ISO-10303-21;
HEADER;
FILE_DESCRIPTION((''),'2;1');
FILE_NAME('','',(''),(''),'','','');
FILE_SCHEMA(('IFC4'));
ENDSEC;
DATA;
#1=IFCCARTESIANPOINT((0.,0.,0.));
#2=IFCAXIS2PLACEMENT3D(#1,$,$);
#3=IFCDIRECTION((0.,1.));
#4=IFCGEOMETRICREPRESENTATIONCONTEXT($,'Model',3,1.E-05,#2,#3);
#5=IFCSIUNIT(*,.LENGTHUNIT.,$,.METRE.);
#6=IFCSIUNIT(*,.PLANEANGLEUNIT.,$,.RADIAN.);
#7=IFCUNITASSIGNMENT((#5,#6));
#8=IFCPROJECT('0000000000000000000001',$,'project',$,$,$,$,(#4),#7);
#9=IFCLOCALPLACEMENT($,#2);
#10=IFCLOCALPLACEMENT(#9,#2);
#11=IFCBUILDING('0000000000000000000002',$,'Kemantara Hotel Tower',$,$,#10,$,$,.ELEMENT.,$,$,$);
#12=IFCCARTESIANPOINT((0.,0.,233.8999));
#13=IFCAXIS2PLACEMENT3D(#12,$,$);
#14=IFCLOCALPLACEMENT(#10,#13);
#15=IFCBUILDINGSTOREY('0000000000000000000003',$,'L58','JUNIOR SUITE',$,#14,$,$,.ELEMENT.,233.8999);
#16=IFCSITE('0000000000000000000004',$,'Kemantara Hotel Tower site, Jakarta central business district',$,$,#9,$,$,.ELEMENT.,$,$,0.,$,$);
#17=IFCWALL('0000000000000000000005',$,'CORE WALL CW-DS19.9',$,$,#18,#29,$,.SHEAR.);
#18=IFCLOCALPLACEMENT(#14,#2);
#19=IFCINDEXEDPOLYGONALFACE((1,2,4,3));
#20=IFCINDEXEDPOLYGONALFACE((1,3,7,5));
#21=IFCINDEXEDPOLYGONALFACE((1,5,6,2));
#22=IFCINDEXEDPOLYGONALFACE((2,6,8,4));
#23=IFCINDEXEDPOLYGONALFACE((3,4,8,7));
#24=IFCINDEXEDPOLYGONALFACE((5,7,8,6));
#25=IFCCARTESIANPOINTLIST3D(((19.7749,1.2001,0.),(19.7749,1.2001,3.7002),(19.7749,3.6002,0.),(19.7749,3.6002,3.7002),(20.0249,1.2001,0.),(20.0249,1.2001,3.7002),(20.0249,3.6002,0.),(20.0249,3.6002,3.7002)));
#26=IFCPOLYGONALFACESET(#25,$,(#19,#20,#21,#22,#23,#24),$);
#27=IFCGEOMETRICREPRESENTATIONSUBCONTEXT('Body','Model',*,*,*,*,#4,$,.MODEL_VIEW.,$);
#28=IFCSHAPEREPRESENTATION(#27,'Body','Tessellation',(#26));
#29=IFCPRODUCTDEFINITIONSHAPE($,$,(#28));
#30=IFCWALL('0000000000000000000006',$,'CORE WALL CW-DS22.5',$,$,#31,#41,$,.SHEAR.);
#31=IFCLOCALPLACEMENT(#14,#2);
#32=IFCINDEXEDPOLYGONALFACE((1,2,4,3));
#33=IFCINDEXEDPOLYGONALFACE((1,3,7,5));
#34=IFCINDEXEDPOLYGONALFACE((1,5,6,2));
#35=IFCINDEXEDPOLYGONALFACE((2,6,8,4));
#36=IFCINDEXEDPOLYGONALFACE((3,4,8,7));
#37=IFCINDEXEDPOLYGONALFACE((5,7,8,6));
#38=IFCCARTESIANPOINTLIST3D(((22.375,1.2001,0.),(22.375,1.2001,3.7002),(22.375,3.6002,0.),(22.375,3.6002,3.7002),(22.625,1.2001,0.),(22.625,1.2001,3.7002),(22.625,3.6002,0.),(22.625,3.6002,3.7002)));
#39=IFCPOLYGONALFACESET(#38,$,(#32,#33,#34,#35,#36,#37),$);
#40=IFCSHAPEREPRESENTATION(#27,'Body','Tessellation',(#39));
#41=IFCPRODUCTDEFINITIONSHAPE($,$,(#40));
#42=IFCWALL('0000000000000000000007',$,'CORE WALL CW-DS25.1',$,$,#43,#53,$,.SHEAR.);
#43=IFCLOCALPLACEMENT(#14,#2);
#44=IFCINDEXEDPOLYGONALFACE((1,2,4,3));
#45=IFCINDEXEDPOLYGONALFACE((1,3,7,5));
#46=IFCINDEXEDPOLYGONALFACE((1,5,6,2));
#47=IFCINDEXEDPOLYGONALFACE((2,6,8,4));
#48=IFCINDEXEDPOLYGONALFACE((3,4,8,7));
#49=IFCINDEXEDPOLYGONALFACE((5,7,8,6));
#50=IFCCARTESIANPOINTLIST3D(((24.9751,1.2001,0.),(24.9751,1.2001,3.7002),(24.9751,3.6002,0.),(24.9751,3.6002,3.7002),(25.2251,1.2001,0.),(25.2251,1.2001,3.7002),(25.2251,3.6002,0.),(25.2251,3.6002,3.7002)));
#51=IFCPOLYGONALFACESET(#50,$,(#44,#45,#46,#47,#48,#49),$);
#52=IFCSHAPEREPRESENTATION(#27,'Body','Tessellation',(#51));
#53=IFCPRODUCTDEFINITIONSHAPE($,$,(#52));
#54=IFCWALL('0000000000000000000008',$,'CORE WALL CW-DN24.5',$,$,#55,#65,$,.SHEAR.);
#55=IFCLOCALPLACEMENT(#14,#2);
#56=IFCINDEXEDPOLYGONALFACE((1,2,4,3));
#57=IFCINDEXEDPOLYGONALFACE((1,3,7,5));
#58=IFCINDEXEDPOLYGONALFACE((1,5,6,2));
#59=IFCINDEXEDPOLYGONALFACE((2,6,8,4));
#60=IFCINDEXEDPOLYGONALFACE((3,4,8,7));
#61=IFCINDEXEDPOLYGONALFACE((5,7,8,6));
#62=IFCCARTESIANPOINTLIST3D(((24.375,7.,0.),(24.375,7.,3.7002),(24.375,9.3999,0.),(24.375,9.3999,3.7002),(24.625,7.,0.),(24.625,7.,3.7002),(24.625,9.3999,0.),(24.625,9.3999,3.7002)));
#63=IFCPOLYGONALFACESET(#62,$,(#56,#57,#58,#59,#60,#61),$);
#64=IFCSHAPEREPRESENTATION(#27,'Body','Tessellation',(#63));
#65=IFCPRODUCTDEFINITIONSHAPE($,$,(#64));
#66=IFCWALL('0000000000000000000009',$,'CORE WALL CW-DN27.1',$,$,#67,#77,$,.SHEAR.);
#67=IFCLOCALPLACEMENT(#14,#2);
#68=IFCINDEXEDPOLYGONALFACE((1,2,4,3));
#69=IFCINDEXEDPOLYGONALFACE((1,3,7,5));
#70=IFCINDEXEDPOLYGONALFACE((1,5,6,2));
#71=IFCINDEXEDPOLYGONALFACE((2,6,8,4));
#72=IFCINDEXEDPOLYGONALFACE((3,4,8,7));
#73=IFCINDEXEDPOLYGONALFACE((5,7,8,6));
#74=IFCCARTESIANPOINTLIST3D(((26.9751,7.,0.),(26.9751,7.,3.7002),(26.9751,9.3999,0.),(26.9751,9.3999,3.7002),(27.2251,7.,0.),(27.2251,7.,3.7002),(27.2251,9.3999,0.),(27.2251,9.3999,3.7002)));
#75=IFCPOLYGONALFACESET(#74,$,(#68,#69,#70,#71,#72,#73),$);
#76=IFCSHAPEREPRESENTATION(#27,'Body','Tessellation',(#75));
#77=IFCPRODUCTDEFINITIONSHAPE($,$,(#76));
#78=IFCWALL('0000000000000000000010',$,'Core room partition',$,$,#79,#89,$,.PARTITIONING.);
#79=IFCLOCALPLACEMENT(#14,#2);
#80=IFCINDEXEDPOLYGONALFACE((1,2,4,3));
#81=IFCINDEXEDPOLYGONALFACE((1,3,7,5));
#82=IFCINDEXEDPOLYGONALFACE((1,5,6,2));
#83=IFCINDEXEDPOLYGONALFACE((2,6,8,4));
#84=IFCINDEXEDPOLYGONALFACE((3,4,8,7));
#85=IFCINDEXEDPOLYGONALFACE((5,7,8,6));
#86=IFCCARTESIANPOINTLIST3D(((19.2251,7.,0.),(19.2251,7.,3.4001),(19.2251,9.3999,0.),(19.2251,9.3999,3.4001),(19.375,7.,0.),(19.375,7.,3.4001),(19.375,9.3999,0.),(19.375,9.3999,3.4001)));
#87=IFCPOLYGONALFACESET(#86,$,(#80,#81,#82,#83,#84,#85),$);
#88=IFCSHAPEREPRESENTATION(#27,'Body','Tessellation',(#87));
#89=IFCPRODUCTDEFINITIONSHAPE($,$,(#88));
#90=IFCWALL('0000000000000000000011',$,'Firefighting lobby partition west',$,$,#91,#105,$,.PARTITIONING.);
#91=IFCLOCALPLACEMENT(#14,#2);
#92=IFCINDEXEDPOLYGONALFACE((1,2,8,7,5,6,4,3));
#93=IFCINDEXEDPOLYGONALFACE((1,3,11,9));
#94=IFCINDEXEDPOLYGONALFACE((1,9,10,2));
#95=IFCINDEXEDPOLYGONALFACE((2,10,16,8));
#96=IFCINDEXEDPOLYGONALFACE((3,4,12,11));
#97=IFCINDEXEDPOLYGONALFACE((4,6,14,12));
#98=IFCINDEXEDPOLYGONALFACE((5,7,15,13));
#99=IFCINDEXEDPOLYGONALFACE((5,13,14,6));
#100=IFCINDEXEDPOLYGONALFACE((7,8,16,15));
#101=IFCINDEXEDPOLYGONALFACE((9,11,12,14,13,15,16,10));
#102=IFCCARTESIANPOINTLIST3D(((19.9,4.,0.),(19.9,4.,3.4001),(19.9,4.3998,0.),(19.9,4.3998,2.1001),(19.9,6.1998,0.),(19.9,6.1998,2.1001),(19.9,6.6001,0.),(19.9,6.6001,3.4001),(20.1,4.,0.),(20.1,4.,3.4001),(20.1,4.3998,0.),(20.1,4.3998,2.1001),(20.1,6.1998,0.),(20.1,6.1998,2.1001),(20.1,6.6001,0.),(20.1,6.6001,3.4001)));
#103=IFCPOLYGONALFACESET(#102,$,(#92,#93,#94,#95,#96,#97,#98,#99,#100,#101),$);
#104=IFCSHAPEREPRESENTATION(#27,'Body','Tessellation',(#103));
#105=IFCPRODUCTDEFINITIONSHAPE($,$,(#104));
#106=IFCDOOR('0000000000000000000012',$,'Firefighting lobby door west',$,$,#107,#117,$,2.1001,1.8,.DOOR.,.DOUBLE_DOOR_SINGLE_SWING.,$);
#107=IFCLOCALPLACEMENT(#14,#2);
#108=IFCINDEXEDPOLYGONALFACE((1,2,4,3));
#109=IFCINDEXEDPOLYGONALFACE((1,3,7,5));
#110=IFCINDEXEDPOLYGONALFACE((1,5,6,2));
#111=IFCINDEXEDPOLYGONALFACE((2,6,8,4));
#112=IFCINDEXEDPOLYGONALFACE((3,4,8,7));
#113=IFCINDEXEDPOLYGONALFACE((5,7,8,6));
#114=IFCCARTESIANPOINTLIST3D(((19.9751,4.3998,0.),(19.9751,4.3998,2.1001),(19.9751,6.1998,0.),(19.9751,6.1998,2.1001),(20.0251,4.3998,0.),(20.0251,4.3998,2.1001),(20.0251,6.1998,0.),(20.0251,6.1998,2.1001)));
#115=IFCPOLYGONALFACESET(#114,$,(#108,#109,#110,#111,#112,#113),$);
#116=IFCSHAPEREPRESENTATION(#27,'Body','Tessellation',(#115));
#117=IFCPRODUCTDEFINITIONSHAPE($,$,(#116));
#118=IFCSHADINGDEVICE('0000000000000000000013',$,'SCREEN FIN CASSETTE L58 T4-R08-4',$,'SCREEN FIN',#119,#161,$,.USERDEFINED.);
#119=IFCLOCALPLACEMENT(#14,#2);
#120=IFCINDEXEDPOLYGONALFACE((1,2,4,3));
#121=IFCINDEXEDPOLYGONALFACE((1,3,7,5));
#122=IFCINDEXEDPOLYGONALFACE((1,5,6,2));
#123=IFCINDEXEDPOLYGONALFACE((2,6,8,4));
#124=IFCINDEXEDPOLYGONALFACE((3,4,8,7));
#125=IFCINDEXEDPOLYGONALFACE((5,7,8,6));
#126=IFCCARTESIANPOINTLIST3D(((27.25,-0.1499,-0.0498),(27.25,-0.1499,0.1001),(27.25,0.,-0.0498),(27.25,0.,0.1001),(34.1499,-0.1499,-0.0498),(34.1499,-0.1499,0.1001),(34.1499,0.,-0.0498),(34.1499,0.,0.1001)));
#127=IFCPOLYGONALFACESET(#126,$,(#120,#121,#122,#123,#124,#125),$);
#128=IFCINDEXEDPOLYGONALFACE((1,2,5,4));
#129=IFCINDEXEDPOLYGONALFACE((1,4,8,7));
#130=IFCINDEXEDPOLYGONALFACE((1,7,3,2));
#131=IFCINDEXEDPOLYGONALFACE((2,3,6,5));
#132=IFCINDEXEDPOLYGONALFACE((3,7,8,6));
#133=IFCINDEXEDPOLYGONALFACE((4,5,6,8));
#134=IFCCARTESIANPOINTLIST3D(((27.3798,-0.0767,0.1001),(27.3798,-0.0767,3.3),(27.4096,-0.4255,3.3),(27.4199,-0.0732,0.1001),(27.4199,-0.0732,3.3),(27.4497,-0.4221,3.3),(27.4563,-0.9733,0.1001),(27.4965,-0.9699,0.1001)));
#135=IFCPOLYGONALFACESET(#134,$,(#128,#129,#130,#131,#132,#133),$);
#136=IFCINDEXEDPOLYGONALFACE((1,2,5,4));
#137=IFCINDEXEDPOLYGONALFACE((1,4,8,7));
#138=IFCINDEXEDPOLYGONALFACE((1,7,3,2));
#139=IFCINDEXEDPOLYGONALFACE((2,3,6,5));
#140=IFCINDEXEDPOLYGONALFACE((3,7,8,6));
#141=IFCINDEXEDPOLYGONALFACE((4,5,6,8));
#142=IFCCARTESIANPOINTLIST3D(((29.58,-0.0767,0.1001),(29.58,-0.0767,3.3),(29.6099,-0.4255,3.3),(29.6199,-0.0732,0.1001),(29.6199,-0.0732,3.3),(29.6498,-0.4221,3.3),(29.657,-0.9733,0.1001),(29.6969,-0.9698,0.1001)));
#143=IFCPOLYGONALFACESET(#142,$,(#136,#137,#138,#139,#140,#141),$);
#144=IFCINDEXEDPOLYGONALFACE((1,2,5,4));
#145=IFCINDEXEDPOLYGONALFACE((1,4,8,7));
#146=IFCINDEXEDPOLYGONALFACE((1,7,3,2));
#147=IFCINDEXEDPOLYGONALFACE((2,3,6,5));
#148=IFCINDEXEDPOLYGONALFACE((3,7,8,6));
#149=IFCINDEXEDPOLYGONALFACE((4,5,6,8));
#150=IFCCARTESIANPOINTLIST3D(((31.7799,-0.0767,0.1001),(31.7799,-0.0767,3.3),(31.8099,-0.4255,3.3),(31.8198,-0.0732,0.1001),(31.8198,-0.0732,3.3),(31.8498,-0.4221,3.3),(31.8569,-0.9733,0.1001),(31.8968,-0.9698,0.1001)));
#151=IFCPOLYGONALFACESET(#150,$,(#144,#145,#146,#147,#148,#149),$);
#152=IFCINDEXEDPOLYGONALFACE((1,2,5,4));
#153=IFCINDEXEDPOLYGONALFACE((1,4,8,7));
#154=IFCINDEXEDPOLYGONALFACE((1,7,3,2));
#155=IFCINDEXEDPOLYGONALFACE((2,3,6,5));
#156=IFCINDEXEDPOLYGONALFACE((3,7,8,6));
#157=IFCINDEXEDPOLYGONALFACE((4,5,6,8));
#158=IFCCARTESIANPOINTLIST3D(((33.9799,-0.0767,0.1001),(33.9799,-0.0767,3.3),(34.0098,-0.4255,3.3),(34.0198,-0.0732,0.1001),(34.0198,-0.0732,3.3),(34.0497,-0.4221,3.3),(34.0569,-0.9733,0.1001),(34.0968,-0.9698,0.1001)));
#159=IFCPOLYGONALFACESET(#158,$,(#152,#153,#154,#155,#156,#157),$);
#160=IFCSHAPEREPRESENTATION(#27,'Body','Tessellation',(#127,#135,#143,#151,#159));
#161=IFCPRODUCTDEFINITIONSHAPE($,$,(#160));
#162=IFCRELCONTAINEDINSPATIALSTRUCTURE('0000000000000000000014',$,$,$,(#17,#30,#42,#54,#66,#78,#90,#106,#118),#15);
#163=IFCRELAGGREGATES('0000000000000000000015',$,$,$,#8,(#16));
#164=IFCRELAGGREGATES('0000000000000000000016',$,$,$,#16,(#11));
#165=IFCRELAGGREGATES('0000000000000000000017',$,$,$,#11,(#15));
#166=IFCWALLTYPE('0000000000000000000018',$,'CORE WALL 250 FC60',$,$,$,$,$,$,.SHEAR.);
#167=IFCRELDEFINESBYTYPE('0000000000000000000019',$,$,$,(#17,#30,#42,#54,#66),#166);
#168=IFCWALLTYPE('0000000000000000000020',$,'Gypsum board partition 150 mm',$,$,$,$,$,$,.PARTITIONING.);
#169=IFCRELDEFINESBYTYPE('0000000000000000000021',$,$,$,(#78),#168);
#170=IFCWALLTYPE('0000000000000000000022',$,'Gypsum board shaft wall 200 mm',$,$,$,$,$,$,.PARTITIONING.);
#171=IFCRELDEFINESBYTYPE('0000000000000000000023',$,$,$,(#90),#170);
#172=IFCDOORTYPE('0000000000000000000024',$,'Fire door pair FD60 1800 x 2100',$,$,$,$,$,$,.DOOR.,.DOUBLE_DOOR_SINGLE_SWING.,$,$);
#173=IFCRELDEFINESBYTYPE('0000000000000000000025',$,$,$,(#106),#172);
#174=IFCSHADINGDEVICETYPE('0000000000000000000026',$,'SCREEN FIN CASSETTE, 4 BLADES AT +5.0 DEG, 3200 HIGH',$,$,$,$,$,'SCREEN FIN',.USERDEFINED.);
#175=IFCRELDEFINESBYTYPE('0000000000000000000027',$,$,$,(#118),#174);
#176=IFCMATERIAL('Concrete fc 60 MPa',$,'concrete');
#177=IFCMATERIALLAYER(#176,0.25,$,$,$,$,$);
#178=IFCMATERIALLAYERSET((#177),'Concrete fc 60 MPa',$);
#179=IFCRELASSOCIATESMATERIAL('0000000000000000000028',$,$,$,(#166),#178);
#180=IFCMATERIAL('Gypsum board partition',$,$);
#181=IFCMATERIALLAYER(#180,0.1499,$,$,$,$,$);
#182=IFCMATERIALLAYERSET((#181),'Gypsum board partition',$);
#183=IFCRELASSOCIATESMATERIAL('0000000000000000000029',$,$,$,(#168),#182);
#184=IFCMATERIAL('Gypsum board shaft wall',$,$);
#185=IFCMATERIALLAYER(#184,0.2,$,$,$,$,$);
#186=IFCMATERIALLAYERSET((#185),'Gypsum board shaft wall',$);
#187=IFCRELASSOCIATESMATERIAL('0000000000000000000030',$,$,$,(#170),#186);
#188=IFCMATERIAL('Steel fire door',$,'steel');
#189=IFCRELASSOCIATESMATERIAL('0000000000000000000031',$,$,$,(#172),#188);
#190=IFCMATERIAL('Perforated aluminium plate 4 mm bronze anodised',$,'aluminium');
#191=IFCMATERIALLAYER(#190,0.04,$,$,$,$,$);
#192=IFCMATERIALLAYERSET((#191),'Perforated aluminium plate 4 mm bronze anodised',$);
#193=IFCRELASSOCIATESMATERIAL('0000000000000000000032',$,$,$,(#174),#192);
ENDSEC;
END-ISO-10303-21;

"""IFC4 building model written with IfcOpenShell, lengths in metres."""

from ifc_helpers import new_model, si_unit, direction, frame, frame_2d, origin, origin_2d, place, context, subcontext, project, spatial, polyline, rectangle, outline, extrude, source, transform, mapped, material, layer, layer_set, type_object, element, fill, save


model = new_model("IFC4")

# Units and contexts
model_context = context("Model", 3, precision=1e-05, world=origin(), true_north=direction((0.0, 1.0)))
body_context = subcontext(model_context, "Body", "Model", "MODEL_VIEW")
ifc_project = project(units=[si_unit("LENGTHUNIT", "METRE"), si_unit("PLANEANGLEUNIT", "RADIAN")], contexts=[model_context])

# Site, building, storey
site_placement = place(None, origin())
site = spatial("IfcSite", under=ifc_project, at=site_placement, Name="Kemantara Hotel Tower site, Jakarta central business district", CompositionType="ELEMENT", RefElevation=0.0)
building_placement = place(site_placement, origin())
building = spatial("IfcBuilding", under=site, at=building_placement, Name="Kemantara Hotel Tower", CompositionType="ELEMENT")
storey_placement = place(building_placement, frame((0.0, 0.0, 233.8999)))
storey = spatial("IfcBuildingStorey", under=building, at=storey_placement, Name="L58", Description="JUNIOR SUITE", CompositionType="ELEMENT", Elevation=233.8999)

# Walls
ifc_material_1 = material(Name="Concrete fc 60 MPa", Category="concrete")
ifc_layer_1 = layer(ifc_material_1, 0.25)
ifc_layer_set_1 = layer_set([ifc_layer_1], Name="Concrete fc 60 MPa")
wall_type_1 = type_object("IfcWallType", Name="CORE WALL 250 FC60", PredefinedType="SHEAR", material=ifc_layer_set_1)
for number, where, z_axis, x_axis, name in (
    (1, (19.8999, 1.2, 0.0), (0.0, 0.0, 1.0), (0.0, 1.0, 0.0), "CORE WALL CW-DS19.9"),
    (2, (22.5, 1.2, 0.0), (0.0, 0.0, 1.0), (0.0, 1.0, 0.0), "CORE WALL CW-DS22.5"),
    (3, (25.1001, 1.2, 0.0), (0.0, 0.0, 1.0), (0.0, 1.0, 0.0), "CORE WALL CW-DS25.1"),
):
    element("IfcWall", number, at=place(storey_placement, frame(where, z_axis=z_axis, x_axis=x_axis)), inside=storey, type_object=wall_type_1, Name=name, PredefinedType="SHEAR", context=body_context, shape_type="SweptSolid", body=[
        extrude(rectangle(XDim=2.4001, YDim=0.25, at=frame_2d((1.2002, 0.0))), origin(), (0.0, 0.0, 1.0), 3.7002),
    ])
for number, where, z_axis, x_axis, name in (
    (4, (24.5, 7.0, 0.0), (0.0, 0.0, 1.0), (0.0, 1.0, 0.0), "CORE WALL CW-DN24.5"),
    (5, (27.1001, 7.0, 0.0), (0.0, 0.0, 1.0), (0.0, 1.0, 0.0), "CORE WALL CW-DN27.1"),
):
    element("IfcWall", number, at=place(storey_placement, frame(where, z_axis=z_axis, x_axis=x_axis)), inside=storey, type_object=wall_type_1, Name=name, PredefinedType="SHEAR", context=body_context, shape_type="SweptSolid", body=[
        extrude(rectangle(XDim=2.3999, YDim=0.25, at=frame_2d((1.2, 0.0))), origin(), (0.0, 0.0, 1.0), 3.7002),
    ])
ifc_material_2 = material(Name="Gypsum board partition")
ifc_layer_2 = layer(ifc_material_2, 0.1499)
ifc_layer_set_2 = layer_set([ifc_layer_2], Name="Gypsum board partition")
wall_type_2 = type_object("IfcWallType", Name="Gypsum board partition 150 mm", PredefinedType="PARTITIONING", material=ifc_layer_set_2)
wall_1_placement = place(storey_placement, frame((19.3, 7.0, 0.0), z_axis=(0.0, 0.0, 1.0), x_axis=(0.0, 1.0, 0.0)))
element("IfcWall", 6, at=wall_1_placement, inside=storey, type_object=wall_type_2, Name="Core room partition", PredefinedType="PARTITIONING", context=body_context, shape_type="SweptSolid", body=[
    extrude(rectangle(XDim=2.3999, YDim=0.1499, at=frame_2d((1.2, 0.0))), origin(), (0.0, 0.0, 1.0), 3.4001),
])

# Wall, opening, door
ifc_material_3 = material(Name="Gypsum board shaft wall")
ifc_layer_3 = layer(ifc_material_3, 0.2)
ifc_layer_set_3 = layer_set([ifc_layer_3], Name="Gypsum board shaft wall")
wall_type_3 = type_object("IfcWallType", Name="Gypsum board shaft wall 200 mm", PredefinedType="PARTITIONING", material=ifc_layer_set_3)
wall_2_placement = place(storey_placement, frame((20.0, 4.0, 0.0), z_axis=(0.0, 0.0, 1.0), x_axis=(0.0, 1.0, 0.0)))
wall_2 = element("IfcWall", 7, at=wall_2_placement, inside=storey, type_object=wall_type_3, Name="Firefighting lobby partition west", PredefinedType="PARTITIONING", context=body_context, shape_type="SweptSolid", body=[
    extrude(rectangle(XDim=2.6001, YDim=0.2, at=frame_2d((1.3, 0.0))), origin(), (0.0, 0.0, 1.0), 3.4001),
])
opening_placement = place(wall_2_placement, frame((0.3999, 0.0, 0.0)))
opening = element("IfcOpeningElement", 8, at=opening_placement, cuts=wall_2, PredefinedType="OPENING", context=body_context, shape_type="SweptSolid", body=[
    extrude(rectangle(XDim=1.8, YDim=2.1001, at=frame_2d((0.8999, 1.05))), frame((0.0, 0.1099, 0.0), z_axis=(0.0, -1.0, 0.0), x_axis=(1.0, 0.0, 0.0)), (0.0, 0.0, 1.0), 0.22),
])
ifc_material_4 = material(Name="Steel fire door", Category="steel")
door_type = type_object("IfcDoorType", Name="Fire door pair FD60 1800 x 2100", OperationType="DOUBLE_DOOR_SINGLE_SWING", PredefinedType="DOOR", material=ifc_material_4)
door_placement = place(opening_placement, origin())
door = element("IfcDoor", 9, at=door_placement, inside=storey, type_object=door_type, Name="Firefighting lobby door west", OperationType="DOUBLE_DOOR_SINGLE_SWING", OverallHeight=2.1001, OverallWidth=1.8, PredefinedType="DOOR", context=body_context, shape_type="SweptSolid", body=[
    extrude(rectangle(XDim=1.8, YDim=2.1001, at=frame_2d((0.8999, 1.05))), frame((0.0, 0.0249, 0.0), z_axis=(0.0, -1.0, 0.0), x_axis=(1.0, 0.0, 0.0)), (0.0, 0.0, 1.0), 0.05),
])
fill(opening, door)

# Shading device
ifc_material_5 = material(Name="Perforated aluminium plate 4 mm bronze anodised", Category="aluminium")
ifc_layer_4 = layer(ifc_material_5, 0.04)
ifc_layer_set_4 = layer_set([ifc_layer_4], Name="Perforated aluminium plate 4 mm bronze anodised")
shading_device_type = type_object("IfcShadingDeviceType", Name="SCREEN FIN CASSETTE, 4 BLADES AT +5.0 DEG, 3200 HIGH", ElementType="SCREEN FIN", PredefinedType="USERDEFINED", material=ifc_layer_set_4)
shared_shape = source(origin(), body_context, "Body", "SweptSolid", [
    extrude(rectangle(XDim=6.8999, YDim=0.1499, at=origin_2d()), frame((3.3, -0.075, -0.1499), z_axis=(0.0, 0.0, 1.0), x_axis=(1.0, 0.0, 0.0)), (0.0, 0.0, 1.0), 0.1499),
    extrude(outline(polyline([(0.0, 0.0), (0.8999, 0.0), (0.3501, 3.2), (0.0, 3.2), (0.0, 0.0)])), frame((0.02, -0.0732, 0.0), z_axis=(-0.996376, -0.085056, 0.0), x_axis=(0.085056, -0.996376, 0.0)), (0.0, 0.0, 1.0), 0.0403),
    extrude(outline(polyline([(0.0, 0.0), (0.8999, 0.0), (0.3501, 3.2), (0.0, 3.2), (0.0, 0.0)])), frame((2.22, -0.0732, 0.0), z_axis=(-0.996332, -0.085575, 0.0), x_axis=(0.085575, -0.996332, 0.0)), (0.0, 0.0, 1.0), 0.04),
    extrude(outline(polyline([(0.0, 0.0), (0.8999, 0.0), (0.3501, 3.2), (0.0, 3.2), (0.0, 0.0)])), frame((4.4199, -0.0732, 0.0), z_axis=(-0.996332, -0.085575, 0.0), x_axis=(0.085575, -0.996332, 0.0)), (0.0, 0.0, 1.0), 0.04),
    extrude(outline(polyline([(0.0, 0.0), (0.8999, 0.0), (0.3501, 3.2), (0.0, 3.2), (0.0, 0.0)])), frame((6.6199, -0.0732, 0.0), z_axis=(-0.996332, -0.085575, 0.0), x_axis=(0.085575, -0.996332, 0.0)), (0.0, 0.0, 1.0), 0.04),
])
shading_device_placement = place(storey_placement, frame((27.3999, 0.0, 0.1001), z_axis=(0.0, 0.0, 1.0), x_axis=(1.0, 0.0, 0.0)))
element("IfcShadingDevice", 10, at=shading_device_placement, inside=storey, type_object=shading_device_type, Name="SCREEN FIN CASSETTE L58 T4-R08-4", ObjectType="SCREEN FIN", PredefinedType="USERDEFINED", context=body_context, shape_type="MappedRepresentation", body=[
    mapped(shared_shape, transform((0.0, 0.0, 0.0))),
])

save(model, "model.ifc")
